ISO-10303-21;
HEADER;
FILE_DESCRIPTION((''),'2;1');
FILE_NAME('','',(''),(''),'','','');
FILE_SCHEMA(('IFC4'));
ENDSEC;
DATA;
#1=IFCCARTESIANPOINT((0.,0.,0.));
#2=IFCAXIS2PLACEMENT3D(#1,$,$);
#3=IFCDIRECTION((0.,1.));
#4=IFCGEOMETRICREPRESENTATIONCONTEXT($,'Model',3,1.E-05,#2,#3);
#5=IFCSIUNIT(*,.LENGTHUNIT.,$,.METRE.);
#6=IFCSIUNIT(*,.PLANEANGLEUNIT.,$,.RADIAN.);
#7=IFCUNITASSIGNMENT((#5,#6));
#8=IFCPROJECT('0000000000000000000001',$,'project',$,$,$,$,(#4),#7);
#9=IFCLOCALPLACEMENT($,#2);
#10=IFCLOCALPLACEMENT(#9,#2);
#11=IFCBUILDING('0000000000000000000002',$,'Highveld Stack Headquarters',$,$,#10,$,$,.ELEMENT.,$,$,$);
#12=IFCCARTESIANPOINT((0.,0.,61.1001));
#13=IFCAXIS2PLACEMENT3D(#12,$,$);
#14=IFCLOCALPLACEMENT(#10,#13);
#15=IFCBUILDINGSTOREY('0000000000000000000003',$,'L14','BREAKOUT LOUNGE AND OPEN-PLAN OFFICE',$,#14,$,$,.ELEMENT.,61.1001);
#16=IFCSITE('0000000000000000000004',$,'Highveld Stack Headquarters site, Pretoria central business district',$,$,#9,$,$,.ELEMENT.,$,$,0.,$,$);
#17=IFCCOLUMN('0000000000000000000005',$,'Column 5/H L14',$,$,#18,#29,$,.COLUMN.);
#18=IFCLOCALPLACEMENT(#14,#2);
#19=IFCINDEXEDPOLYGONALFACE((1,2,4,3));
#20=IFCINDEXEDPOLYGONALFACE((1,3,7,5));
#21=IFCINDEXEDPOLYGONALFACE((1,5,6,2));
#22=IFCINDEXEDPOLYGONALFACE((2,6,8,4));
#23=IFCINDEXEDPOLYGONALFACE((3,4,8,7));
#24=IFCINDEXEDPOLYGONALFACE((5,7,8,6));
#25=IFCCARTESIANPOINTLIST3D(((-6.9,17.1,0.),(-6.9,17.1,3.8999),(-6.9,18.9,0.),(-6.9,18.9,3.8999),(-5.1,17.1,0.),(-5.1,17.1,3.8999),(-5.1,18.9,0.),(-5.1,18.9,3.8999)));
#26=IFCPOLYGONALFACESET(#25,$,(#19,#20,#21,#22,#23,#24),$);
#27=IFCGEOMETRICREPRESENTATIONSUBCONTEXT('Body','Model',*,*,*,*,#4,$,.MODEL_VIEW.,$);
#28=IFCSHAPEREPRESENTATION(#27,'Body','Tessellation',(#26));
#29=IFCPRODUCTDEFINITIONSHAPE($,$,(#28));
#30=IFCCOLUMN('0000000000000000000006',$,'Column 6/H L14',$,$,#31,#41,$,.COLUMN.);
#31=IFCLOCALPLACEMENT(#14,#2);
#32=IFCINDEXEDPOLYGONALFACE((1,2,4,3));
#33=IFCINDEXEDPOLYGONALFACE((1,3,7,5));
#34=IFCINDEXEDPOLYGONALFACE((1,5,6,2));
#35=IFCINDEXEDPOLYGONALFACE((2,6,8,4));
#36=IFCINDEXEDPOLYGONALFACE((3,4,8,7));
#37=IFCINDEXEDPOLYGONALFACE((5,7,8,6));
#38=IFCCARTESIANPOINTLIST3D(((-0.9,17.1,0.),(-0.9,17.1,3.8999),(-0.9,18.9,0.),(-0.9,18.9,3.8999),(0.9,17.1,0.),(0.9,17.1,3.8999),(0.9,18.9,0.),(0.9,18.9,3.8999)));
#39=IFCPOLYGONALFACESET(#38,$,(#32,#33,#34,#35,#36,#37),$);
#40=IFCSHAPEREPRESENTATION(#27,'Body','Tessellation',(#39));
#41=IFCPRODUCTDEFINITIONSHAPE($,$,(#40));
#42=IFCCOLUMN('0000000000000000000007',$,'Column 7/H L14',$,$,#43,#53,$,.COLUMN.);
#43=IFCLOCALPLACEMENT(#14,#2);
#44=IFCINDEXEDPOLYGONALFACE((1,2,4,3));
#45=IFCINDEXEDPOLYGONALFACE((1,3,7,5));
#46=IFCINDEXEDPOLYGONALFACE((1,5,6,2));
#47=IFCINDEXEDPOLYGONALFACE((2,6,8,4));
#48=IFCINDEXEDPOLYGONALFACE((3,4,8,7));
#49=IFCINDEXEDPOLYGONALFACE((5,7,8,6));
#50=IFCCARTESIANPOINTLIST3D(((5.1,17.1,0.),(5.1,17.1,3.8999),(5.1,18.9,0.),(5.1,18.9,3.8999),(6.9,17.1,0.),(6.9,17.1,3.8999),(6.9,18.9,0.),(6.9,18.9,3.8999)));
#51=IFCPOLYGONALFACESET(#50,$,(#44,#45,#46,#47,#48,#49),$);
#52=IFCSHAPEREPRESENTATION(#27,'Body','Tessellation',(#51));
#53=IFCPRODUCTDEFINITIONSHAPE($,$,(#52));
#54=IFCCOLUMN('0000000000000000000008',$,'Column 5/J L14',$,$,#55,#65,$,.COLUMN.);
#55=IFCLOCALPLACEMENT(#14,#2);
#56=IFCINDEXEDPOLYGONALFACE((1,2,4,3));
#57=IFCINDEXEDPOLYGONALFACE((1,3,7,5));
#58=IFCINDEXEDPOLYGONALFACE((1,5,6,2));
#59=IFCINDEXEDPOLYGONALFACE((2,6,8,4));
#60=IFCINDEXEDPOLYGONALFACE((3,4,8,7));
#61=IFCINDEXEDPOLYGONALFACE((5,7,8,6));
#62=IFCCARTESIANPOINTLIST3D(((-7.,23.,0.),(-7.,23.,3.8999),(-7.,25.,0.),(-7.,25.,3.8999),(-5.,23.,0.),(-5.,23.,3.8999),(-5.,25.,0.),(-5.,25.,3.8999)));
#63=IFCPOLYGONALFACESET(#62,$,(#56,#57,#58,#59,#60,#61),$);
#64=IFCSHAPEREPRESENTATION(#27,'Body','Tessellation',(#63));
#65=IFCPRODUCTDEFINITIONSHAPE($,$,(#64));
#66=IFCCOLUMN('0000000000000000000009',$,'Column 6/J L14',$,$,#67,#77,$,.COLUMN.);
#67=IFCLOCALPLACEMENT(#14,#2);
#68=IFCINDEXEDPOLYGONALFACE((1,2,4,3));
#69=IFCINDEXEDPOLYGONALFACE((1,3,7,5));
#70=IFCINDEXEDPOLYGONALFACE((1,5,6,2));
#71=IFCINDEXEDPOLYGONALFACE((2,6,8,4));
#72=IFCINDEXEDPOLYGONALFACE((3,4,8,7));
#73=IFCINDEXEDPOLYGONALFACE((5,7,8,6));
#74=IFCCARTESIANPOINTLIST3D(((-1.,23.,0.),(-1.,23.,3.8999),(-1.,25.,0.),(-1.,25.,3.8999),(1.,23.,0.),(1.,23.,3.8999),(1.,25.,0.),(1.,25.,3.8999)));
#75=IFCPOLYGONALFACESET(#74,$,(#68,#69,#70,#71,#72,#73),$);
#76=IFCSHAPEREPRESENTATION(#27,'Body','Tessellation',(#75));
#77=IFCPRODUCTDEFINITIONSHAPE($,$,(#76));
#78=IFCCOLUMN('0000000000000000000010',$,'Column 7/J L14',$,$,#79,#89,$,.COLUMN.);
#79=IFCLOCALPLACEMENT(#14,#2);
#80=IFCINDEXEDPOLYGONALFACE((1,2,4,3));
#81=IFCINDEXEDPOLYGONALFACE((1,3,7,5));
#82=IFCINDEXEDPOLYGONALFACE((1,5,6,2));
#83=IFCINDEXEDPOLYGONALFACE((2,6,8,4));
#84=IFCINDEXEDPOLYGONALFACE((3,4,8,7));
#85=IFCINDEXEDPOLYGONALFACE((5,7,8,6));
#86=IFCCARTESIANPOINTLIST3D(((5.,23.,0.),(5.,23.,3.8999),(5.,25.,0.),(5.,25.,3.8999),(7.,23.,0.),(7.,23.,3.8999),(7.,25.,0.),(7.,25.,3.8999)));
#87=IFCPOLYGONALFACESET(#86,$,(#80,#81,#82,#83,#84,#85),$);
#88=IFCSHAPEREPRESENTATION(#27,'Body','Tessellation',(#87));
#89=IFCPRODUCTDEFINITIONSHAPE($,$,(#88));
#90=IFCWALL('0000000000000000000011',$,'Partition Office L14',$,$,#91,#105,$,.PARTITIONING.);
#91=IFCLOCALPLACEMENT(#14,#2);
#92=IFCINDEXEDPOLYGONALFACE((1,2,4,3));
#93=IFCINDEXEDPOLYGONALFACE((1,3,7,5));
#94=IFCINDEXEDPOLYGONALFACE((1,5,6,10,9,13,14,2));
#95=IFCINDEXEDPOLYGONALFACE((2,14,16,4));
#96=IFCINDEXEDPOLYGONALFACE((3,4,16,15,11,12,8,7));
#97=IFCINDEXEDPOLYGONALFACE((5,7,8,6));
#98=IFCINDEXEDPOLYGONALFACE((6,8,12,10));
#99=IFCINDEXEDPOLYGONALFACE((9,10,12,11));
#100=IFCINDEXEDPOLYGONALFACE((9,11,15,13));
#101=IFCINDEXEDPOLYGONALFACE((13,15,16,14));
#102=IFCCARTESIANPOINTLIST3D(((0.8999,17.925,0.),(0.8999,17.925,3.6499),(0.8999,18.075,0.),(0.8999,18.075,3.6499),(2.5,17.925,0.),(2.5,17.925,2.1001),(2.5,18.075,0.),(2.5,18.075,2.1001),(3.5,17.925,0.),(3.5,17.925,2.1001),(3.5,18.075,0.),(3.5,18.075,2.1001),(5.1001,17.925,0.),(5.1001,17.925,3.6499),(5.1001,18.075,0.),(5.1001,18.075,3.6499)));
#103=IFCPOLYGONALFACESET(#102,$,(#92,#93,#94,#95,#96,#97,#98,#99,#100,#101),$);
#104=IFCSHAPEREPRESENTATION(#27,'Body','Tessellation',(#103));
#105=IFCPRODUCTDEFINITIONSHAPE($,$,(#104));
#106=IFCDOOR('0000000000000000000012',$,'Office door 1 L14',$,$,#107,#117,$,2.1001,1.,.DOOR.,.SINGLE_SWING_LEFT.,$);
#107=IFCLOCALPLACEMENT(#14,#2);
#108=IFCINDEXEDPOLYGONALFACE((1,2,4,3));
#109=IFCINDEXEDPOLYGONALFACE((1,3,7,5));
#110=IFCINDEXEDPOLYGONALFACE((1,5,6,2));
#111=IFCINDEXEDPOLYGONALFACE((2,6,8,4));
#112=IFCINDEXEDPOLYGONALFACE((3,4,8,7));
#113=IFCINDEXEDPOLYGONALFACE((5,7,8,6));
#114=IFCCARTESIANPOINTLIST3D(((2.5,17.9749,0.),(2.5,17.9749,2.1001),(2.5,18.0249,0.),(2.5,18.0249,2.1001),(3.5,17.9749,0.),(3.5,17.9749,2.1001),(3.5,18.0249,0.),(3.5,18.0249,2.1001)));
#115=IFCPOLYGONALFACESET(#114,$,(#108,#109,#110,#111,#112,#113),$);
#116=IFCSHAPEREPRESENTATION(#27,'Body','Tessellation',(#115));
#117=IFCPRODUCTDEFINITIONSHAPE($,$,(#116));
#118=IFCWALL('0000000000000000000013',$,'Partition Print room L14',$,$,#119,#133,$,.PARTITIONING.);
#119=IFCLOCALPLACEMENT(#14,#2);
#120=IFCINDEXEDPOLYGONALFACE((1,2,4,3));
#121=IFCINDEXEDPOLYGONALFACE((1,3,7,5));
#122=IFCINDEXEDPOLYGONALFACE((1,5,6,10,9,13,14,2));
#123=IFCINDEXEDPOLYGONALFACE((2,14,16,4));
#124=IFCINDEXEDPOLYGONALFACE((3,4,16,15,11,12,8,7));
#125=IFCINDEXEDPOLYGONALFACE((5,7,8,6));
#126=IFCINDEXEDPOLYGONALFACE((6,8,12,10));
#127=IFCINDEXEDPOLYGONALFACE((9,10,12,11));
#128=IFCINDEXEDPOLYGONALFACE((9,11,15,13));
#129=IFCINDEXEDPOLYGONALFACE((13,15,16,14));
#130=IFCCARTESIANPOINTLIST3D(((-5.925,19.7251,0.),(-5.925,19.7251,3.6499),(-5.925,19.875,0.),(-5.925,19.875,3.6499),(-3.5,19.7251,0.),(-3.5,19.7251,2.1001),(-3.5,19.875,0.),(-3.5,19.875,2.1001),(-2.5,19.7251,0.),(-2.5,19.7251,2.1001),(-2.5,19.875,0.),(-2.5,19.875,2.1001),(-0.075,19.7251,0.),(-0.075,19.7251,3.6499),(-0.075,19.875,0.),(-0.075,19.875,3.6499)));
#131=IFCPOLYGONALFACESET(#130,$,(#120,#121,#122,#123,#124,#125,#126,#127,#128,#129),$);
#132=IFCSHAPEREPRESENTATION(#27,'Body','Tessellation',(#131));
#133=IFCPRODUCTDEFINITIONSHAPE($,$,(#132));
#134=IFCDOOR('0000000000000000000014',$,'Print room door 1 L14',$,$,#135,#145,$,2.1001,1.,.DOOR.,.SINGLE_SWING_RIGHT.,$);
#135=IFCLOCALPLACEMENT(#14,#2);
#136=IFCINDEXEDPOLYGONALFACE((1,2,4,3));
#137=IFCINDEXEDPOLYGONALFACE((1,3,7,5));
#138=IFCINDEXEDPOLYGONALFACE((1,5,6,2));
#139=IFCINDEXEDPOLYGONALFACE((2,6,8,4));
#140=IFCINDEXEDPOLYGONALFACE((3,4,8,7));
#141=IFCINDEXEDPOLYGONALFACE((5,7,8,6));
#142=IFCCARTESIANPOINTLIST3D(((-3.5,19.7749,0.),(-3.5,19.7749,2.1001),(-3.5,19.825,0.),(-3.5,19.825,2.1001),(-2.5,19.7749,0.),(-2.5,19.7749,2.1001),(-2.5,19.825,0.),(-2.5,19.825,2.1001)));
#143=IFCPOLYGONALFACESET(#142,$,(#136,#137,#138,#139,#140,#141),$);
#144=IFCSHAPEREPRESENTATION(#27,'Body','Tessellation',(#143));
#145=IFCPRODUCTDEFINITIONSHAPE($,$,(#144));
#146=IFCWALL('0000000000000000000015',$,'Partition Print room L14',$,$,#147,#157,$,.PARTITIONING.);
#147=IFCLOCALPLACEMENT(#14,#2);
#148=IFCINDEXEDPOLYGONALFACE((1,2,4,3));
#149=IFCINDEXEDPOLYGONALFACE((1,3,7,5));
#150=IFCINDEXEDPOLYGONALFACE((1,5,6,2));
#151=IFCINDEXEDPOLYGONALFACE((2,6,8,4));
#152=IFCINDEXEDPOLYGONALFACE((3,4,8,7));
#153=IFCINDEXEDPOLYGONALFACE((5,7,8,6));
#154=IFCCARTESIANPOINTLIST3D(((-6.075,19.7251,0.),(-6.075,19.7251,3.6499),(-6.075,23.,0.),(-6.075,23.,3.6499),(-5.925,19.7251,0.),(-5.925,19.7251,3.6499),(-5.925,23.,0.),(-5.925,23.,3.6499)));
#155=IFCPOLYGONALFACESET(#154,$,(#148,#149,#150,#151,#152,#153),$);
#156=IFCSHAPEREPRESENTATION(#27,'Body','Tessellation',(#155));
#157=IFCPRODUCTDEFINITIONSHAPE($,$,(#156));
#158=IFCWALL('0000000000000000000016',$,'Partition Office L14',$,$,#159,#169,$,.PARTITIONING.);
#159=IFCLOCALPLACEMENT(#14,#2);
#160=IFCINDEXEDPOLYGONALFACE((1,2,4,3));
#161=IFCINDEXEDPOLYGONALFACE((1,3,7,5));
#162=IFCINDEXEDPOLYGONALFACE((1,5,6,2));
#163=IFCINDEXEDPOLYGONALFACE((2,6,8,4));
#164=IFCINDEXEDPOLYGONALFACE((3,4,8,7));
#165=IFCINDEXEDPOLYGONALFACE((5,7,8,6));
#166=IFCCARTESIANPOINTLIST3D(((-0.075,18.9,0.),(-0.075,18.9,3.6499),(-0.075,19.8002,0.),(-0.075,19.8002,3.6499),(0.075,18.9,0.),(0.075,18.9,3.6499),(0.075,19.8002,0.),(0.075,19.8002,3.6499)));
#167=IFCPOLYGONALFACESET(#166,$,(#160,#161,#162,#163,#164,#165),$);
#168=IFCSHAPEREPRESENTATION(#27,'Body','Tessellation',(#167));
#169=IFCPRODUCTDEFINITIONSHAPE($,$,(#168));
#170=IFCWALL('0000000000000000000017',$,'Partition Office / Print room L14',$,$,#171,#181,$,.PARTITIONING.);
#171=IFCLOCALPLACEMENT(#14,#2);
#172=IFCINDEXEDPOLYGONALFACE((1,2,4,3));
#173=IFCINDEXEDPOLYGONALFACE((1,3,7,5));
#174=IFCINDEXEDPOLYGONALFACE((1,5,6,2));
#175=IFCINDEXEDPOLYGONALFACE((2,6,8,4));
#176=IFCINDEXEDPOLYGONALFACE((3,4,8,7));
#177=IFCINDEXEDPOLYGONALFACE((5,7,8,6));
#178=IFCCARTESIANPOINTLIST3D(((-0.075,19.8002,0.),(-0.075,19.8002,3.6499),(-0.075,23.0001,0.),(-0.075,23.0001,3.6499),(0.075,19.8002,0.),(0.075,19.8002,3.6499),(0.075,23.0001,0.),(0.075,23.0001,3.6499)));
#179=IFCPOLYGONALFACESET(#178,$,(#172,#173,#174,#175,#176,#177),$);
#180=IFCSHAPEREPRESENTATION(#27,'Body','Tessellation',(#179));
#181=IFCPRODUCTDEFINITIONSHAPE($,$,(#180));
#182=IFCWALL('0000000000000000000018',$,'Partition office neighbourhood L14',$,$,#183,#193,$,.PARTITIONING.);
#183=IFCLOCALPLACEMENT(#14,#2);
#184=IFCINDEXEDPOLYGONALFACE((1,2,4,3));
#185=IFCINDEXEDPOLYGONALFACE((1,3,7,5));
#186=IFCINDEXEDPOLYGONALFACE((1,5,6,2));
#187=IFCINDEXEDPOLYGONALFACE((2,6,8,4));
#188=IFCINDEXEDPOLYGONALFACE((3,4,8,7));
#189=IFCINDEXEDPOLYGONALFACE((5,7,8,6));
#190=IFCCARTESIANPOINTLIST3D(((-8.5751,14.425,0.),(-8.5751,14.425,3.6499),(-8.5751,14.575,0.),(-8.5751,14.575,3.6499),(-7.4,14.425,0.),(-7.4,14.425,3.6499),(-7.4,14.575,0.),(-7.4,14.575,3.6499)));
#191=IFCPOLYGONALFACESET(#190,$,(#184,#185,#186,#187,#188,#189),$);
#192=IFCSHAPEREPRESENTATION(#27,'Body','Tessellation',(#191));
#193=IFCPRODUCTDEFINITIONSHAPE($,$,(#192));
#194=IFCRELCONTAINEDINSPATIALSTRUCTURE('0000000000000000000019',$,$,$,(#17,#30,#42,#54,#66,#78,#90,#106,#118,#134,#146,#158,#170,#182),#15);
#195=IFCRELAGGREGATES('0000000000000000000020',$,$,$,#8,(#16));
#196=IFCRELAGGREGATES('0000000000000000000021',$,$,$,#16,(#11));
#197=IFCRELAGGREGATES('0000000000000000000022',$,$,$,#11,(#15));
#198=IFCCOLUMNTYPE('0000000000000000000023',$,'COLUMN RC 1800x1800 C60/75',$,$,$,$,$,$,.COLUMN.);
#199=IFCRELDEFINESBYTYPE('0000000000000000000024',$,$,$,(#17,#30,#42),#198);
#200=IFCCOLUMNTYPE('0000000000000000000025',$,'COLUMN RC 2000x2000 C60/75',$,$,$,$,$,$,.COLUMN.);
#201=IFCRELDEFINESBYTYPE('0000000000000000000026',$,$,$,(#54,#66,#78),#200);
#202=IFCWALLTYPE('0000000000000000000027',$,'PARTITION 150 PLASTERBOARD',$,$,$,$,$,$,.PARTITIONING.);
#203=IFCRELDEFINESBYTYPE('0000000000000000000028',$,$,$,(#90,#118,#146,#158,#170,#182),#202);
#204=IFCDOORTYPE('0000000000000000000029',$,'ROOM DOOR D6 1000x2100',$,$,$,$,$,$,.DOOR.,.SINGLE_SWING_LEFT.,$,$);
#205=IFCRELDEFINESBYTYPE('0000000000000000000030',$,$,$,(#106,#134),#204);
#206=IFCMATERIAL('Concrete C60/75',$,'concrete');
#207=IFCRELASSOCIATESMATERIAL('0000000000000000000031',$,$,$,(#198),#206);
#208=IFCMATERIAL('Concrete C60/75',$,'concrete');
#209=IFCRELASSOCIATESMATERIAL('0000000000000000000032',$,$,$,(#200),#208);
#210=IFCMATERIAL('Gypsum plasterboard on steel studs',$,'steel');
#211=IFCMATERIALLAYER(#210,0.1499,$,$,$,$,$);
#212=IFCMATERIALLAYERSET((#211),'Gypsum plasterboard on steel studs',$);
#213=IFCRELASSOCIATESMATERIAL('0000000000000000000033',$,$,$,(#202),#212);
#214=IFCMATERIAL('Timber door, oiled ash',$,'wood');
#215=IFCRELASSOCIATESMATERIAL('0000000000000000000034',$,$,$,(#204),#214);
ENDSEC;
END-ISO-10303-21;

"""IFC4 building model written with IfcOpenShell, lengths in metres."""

from ifc_helpers import new_model, si_unit, direction, frame, frame_2d, origin, origin_2d, place, context, subcontext, project, spatial, rectangle, extrude, material, layer, layer_set, material_profile, profile_set, type_object, element, fill, save


model = new_model("IFC4")

# Units and contexts
model_context = context("Model", 3, precision=1e-05, world=origin(), true_north=direction((0.0, 1.0)))
body_context = subcontext(model_context, "Body", "Model", "MODEL_VIEW")
ifc_project = project(units=[si_unit("LENGTHUNIT", "METRE"), si_unit("PLANEANGLEUNIT", "RADIAN")], contexts=[model_context])

# Site, building, storey
site_placement = place(None, origin())
site = spatial("IfcSite", under=ifc_project, at=site_placement, Name="Highveld Stack Headquarters site, Pretoria central business district", CompositionType="ELEMENT", RefElevation=0.0)
building_placement = place(site_placement, origin())
building = spatial("IfcBuilding", under=site, at=building_placement, Name="Highveld Stack Headquarters", CompositionType="ELEMENT")
storey_placement = place(building_placement, frame((0.0, 0.0, 61.1001)))
storey = spatial("IfcBuildingStorey", under=building, at=storey_placement, Name="L14", Description="BREAKOUT LOUNGE AND OPEN-PLAN OFFICE", CompositionType="ELEMENT", Elevation=61.1001)

# Columns
ifc_material_1 = material(Name="Concrete C60/75", Category="concrete")
ifc_material_profile_1 = material_profile(ifc_material_1, rectangle(XDim=1.8, YDim=1.8, at=origin_2d()), Name="RC 1800x1800")
ifc_profile_set_1 = profile_set([ifc_material_profile_1], Name="Concrete C60/75")
column_type_1 = type_object("IfcColumnType", Name="COLUMN RC 1800x1800 C60/75", PredefinedType="COLUMN", material=ifc_profile_set_1)
for number, where, z_axis, x_axis, name in (
    (1, (-6.0, 18.0, 0.0), (0.0, 0.0, 1.0), (1.0, 0.0, 0.0), "Column 5/H L14"),
    (2, (0.0, 18.0, 0.0), (0.0, 0.0, 1.0), (1.0, 0.0, 0.0), "Column 6/H L14"),
    (3, (6.0, 18.0, 0.0), (0.0, 0.0, 1.0), (1.0, 0.0, 0.0), "Column 7/H L14"),
):
    element("IfcColumn", number, at=place(storey_placement, frame(where, z_axis=z_axis, x_axis=x_axis)), inside=storey, type_object=column_type_1, Name=name, PredefinedType="COLUMN", context=body_context, shape_type="SweptSolid", body=[
        extrude(rectangle(XDim=1.8, YDim=1.8, at=origin_2d()), origin(), (0.0, 0.0, 1.0), 3.8999),
    ])
ifc_material_2 = material(Name="Concrete C60/75", Category="concrete")
ifc_material_profile_2 = material_profile(ifc_material_2, rectangle(XDim=2.0, YDim=2.0, at=origin_2d()), Name="RC 2000x2000")
ifc_profile_set_2 = profile_set([ifc_material_profile_2], Name="Concrete C60/75")
column_type_2 = type_object("IfcColumnType", Name="COLUMN RC 2000x2000 C60/75", PredefinedType="COLUMN", material=ifc_profile_set_2)
for number, where, z_axis, x_axis, name in (
    (4, (-6.0, 24.0, 0.0), (0.0, 0.0, 1.0), (1.0, 0.0, 0.0), "Column 5/J L14"),
    (5, (0.0, 24.0, 0.0), (0.0, 0.0, 1.0), (1.0, 0.0, 0.0), "Column 6/J L14"),
    (6, (6.0, 24.0, 0.0), (0.0, 0.0, 1.0), (1.0, 0.0, 0.0), "Column 7/J L14"),
):
    element("IfcColumn", number, at=place(storey_placement, frame(where, z_axis=z_axis, x_axis=x_axis)), inside=storey, type_object=column_type_2, Name=name, PredefinedType="COLUMN", context=body_context, shape_type="SweptSolid", body=[
        extrude(rectangle(XDim=2.0, YDim=2.0, at=origin_2d()), origin(), (0.0, 0.0, 1.0), 3.8999),
    ])

# Walls, openings, doors
ifc_material_3 = material(Name="Gypsum plasterboard on steel studs", Category="steel")
ifc_layer = layer(ifc_material_3, 0.1499)
ifc_layer_set = layer_set([ifc_layer], Name="Gypsum plasterboard on steel studs")
wall_type = type_object("IfcWallType", Name="PARTITION 150 PLASTERBOARD", PredefinedType="PARTITIONING", material=ifc_layer_set)
wall_1_placement = place(storey_placement, frame((0.8999, 18.0, 0.0), z_axis=(0.0, 0.0, 1.0), x_axis=(1.0, 0.0, 0.0)))
wall_1 = element("IfcWall", 7, at=wall_1_placement, inside=storey, type_object=wall_type, Name="Partition Office L14", PredefinedType="PARTITIONING", context=body_context, shape_type="SweptSolid", body=[
    extrude(rectangle(XDim=4.2002, YDim=0.1499, at=frame_2d((2.1001, 0.0))), origin(), (0.0, 0.0, 1.0), 3.6499),
])
opening_1_placement = place(wall_1_placement, frame((1.6001, 0.0, 0.0)))
opening_1 = element("IfcOpeningElement", 8, at=opening_1_placement, cuts=wall_1, PredefinedType="OPENING", context=body_context, shape_type="SweptSolid", body=[
    extrude(rectangle(XDim=1.0, YDim=2.1001, at=frame_2d((0.5, 1.05))), frame((0.0, 0.085, 0.0), z_axis=(0.0, -1.0, 0.0), x_axis=(1.0, 0.0, 0.0)), (0.0, 0.0, 1.0), 0.1699),
])
ifc_material_4 = material(Name="Timber door, oiled ash", Category="wood")
door_type = type_object("IfcDoorType", Name="ROOM DOOR D6 1000x2100", OperationType="SINGLE_SWING_LEFT", PredefinedType="DOOR", material=ifc_material_4)
door_1_placement = place(opening_1_placement, origin())
door_1 = element("IfcDoor", 9, at=door_1_placement, inside=storey, type_object=door_type, Name="Office door 1 L14", OperationType="SINGLE_SWING_LEFT", OverallHeight=2.1001, OverallWidth=1.0, PredefinedType="DOOR", context=body_context, shape_type="SweptSolid", body=[
    extrude(rectangle(XDim=1.0, YDim=2.1001, at=frame_2d((0.5, 1.05))), frame((0.0, 0.0249, 0.0), z_axis=(0.0, -1.0, 0.0), x_axis=(1.0, 0.0, 0.0)), (0.0, 0.0, 1.0), 0.05),
])
fill(opening_1, door_1)
wall_2_placement = place(storey_placement, frame((-5.925, 19.8, 0.0), z_axis=(0.0, 0.0, 1.0), x_axis=(1.0, 0.0, 0.0)))
wall_2 = element("IfcWall", 10, at=wall_2_placement, inside=storey, type_object=wall_type, Name="Partition Print room L14", PredefinedType="PARTITIONING", context=body_context, shape_type="SweptSolid", body=[
    extrude(rectangle(XDim=5.8501, YDim=0.1499, at=frame_2d((2.925, 0.0))), origin(), (0.0, 0.0, 1.0), 3.6499),
])
opening_2_placement = place(wall_2_placement, frame((2.425, 0.0, 0.0)))
opening_2 = element("IfcOpeningElement", 11, at=opening_2_placement, cuts=wall_2, PredefinedType="OPENING", context=body_context, shape_type="SweptSolid", body=[
    extrude(rectangle(XDim=1.0, YDim=2.1001, at=frame_2d((0.5, 1.05))), frame((0.0, 0.085, 0.0), z_axis=(0.0, -1.0, 0.0), x_axis=(1.0, 0.0, 0.0)), (0.0, 0.0, 1.0), 0.1699),
])
door_2_placement = place(opening_2_placement, origin())
door_2 = element("IfcDoor", 12, at=door_2_placement, inside=storey, type_object=door_type, Name="Print room door 1 L14", OperationType="SINGLE_SWING_RIGHT", OverallHeight=2.1001, OverallWidth=1.0, PredefinedType="DOOR", context=body_context, shape_type="SweptSolid", body=[
    extrude(rectangle(XDim=1.0, YDim=2.1001, at=frame_2d((0.5, 1.05))), frame((0.0, 0.0249, 0.0), z_axis=(0.0, -1.0, 0.0), x_axis=(1.0, 0.0, 0.0)), (0.0, 0.0, 1.0), 0.05),
])
fill(opening_2, door_2)

# Walls
wall_3_placement = place(storey_placement, frame((-6.0, 19.7251, 0.0), z_axis=(0.0, 0.0, 1.0), x_axis=(0.0, 1.0, 0.0)))
element("IfcWall", 13, at=wall_3_placement, inside=storey, type_object=wall_type, Name="Partition Print room L14", PredefinedType="PARTITIONING", context=body_context, shape_type="SweptSolid", body=[
    extrude(rectangle(XDim=3.2749, YDim=0.1499, at=frame_2d((1.6375, 0.0))), origin(), (0.0, 0.0, 1.0), 3.6499),
])
wall_4_placement = place(storey_placement, frame((0.0, 18.8999, 0.0), z_axis=(0.0, 0.0, 1.0), x_axis=(0.0, 1.0, 0.0)))
element("IfcWall", 14, at=wall_4_placement, inside=storey, type_object=wall_type, Name="Partition Office L14", PredefinedType="PARTITIONING", context=body_context, shape_type="SweptSolid", body=[
    extrude(rectangle(XDim=0.9001, YDim=0.1499, at=frame_2d((0.4502, 0.0))), origin(), (0.0, 0.0, 1.0), 3.6499),
])
wall_5_placement = place(storey_placement, frame((0.0, 19.8, 0.0), z_axis=(0.0, 0.0, 1.0), x_axis=(0.0, 1.0, 0.0)))
element("IfcWall", 15, at=wall_5_placement, inside=storey, type_object=wall_type, Name="Partition Office / Print room L14", PredefinedType="PARTITIONING", context=body_context, shape_type="SweptSolid", body=[
    extrude(rectangle(XDim=3.2, YDim=0.1499, at=frame_2d((1.6001, 0.0))), origin(), (0.0, 0.0, 1.0), 3.6499),
])
wall_6_placement = place(storey_placement, frame((-8.575, 14.5, 0.0), z_axis=(0.0, 0.0, 1.0), x_axis=(1.0, 0.0, 0.0)))
element("IfcWall", 16, at=wall_6_placement, inside=storey, type_object=wall_type, Name="Partition office neighbourhood L14", PredefinedType="PARTITIONING", context=body_context, shape_type="SweptSolid", body=[
    extrude(rectangle(XDim=1.175, YDim=0.1499, at=frame_2d((0.5874, 0.0))), origin(), (0.0, 0.0, 1.0), 3.6499),
])

save(model, "model.ifc")
